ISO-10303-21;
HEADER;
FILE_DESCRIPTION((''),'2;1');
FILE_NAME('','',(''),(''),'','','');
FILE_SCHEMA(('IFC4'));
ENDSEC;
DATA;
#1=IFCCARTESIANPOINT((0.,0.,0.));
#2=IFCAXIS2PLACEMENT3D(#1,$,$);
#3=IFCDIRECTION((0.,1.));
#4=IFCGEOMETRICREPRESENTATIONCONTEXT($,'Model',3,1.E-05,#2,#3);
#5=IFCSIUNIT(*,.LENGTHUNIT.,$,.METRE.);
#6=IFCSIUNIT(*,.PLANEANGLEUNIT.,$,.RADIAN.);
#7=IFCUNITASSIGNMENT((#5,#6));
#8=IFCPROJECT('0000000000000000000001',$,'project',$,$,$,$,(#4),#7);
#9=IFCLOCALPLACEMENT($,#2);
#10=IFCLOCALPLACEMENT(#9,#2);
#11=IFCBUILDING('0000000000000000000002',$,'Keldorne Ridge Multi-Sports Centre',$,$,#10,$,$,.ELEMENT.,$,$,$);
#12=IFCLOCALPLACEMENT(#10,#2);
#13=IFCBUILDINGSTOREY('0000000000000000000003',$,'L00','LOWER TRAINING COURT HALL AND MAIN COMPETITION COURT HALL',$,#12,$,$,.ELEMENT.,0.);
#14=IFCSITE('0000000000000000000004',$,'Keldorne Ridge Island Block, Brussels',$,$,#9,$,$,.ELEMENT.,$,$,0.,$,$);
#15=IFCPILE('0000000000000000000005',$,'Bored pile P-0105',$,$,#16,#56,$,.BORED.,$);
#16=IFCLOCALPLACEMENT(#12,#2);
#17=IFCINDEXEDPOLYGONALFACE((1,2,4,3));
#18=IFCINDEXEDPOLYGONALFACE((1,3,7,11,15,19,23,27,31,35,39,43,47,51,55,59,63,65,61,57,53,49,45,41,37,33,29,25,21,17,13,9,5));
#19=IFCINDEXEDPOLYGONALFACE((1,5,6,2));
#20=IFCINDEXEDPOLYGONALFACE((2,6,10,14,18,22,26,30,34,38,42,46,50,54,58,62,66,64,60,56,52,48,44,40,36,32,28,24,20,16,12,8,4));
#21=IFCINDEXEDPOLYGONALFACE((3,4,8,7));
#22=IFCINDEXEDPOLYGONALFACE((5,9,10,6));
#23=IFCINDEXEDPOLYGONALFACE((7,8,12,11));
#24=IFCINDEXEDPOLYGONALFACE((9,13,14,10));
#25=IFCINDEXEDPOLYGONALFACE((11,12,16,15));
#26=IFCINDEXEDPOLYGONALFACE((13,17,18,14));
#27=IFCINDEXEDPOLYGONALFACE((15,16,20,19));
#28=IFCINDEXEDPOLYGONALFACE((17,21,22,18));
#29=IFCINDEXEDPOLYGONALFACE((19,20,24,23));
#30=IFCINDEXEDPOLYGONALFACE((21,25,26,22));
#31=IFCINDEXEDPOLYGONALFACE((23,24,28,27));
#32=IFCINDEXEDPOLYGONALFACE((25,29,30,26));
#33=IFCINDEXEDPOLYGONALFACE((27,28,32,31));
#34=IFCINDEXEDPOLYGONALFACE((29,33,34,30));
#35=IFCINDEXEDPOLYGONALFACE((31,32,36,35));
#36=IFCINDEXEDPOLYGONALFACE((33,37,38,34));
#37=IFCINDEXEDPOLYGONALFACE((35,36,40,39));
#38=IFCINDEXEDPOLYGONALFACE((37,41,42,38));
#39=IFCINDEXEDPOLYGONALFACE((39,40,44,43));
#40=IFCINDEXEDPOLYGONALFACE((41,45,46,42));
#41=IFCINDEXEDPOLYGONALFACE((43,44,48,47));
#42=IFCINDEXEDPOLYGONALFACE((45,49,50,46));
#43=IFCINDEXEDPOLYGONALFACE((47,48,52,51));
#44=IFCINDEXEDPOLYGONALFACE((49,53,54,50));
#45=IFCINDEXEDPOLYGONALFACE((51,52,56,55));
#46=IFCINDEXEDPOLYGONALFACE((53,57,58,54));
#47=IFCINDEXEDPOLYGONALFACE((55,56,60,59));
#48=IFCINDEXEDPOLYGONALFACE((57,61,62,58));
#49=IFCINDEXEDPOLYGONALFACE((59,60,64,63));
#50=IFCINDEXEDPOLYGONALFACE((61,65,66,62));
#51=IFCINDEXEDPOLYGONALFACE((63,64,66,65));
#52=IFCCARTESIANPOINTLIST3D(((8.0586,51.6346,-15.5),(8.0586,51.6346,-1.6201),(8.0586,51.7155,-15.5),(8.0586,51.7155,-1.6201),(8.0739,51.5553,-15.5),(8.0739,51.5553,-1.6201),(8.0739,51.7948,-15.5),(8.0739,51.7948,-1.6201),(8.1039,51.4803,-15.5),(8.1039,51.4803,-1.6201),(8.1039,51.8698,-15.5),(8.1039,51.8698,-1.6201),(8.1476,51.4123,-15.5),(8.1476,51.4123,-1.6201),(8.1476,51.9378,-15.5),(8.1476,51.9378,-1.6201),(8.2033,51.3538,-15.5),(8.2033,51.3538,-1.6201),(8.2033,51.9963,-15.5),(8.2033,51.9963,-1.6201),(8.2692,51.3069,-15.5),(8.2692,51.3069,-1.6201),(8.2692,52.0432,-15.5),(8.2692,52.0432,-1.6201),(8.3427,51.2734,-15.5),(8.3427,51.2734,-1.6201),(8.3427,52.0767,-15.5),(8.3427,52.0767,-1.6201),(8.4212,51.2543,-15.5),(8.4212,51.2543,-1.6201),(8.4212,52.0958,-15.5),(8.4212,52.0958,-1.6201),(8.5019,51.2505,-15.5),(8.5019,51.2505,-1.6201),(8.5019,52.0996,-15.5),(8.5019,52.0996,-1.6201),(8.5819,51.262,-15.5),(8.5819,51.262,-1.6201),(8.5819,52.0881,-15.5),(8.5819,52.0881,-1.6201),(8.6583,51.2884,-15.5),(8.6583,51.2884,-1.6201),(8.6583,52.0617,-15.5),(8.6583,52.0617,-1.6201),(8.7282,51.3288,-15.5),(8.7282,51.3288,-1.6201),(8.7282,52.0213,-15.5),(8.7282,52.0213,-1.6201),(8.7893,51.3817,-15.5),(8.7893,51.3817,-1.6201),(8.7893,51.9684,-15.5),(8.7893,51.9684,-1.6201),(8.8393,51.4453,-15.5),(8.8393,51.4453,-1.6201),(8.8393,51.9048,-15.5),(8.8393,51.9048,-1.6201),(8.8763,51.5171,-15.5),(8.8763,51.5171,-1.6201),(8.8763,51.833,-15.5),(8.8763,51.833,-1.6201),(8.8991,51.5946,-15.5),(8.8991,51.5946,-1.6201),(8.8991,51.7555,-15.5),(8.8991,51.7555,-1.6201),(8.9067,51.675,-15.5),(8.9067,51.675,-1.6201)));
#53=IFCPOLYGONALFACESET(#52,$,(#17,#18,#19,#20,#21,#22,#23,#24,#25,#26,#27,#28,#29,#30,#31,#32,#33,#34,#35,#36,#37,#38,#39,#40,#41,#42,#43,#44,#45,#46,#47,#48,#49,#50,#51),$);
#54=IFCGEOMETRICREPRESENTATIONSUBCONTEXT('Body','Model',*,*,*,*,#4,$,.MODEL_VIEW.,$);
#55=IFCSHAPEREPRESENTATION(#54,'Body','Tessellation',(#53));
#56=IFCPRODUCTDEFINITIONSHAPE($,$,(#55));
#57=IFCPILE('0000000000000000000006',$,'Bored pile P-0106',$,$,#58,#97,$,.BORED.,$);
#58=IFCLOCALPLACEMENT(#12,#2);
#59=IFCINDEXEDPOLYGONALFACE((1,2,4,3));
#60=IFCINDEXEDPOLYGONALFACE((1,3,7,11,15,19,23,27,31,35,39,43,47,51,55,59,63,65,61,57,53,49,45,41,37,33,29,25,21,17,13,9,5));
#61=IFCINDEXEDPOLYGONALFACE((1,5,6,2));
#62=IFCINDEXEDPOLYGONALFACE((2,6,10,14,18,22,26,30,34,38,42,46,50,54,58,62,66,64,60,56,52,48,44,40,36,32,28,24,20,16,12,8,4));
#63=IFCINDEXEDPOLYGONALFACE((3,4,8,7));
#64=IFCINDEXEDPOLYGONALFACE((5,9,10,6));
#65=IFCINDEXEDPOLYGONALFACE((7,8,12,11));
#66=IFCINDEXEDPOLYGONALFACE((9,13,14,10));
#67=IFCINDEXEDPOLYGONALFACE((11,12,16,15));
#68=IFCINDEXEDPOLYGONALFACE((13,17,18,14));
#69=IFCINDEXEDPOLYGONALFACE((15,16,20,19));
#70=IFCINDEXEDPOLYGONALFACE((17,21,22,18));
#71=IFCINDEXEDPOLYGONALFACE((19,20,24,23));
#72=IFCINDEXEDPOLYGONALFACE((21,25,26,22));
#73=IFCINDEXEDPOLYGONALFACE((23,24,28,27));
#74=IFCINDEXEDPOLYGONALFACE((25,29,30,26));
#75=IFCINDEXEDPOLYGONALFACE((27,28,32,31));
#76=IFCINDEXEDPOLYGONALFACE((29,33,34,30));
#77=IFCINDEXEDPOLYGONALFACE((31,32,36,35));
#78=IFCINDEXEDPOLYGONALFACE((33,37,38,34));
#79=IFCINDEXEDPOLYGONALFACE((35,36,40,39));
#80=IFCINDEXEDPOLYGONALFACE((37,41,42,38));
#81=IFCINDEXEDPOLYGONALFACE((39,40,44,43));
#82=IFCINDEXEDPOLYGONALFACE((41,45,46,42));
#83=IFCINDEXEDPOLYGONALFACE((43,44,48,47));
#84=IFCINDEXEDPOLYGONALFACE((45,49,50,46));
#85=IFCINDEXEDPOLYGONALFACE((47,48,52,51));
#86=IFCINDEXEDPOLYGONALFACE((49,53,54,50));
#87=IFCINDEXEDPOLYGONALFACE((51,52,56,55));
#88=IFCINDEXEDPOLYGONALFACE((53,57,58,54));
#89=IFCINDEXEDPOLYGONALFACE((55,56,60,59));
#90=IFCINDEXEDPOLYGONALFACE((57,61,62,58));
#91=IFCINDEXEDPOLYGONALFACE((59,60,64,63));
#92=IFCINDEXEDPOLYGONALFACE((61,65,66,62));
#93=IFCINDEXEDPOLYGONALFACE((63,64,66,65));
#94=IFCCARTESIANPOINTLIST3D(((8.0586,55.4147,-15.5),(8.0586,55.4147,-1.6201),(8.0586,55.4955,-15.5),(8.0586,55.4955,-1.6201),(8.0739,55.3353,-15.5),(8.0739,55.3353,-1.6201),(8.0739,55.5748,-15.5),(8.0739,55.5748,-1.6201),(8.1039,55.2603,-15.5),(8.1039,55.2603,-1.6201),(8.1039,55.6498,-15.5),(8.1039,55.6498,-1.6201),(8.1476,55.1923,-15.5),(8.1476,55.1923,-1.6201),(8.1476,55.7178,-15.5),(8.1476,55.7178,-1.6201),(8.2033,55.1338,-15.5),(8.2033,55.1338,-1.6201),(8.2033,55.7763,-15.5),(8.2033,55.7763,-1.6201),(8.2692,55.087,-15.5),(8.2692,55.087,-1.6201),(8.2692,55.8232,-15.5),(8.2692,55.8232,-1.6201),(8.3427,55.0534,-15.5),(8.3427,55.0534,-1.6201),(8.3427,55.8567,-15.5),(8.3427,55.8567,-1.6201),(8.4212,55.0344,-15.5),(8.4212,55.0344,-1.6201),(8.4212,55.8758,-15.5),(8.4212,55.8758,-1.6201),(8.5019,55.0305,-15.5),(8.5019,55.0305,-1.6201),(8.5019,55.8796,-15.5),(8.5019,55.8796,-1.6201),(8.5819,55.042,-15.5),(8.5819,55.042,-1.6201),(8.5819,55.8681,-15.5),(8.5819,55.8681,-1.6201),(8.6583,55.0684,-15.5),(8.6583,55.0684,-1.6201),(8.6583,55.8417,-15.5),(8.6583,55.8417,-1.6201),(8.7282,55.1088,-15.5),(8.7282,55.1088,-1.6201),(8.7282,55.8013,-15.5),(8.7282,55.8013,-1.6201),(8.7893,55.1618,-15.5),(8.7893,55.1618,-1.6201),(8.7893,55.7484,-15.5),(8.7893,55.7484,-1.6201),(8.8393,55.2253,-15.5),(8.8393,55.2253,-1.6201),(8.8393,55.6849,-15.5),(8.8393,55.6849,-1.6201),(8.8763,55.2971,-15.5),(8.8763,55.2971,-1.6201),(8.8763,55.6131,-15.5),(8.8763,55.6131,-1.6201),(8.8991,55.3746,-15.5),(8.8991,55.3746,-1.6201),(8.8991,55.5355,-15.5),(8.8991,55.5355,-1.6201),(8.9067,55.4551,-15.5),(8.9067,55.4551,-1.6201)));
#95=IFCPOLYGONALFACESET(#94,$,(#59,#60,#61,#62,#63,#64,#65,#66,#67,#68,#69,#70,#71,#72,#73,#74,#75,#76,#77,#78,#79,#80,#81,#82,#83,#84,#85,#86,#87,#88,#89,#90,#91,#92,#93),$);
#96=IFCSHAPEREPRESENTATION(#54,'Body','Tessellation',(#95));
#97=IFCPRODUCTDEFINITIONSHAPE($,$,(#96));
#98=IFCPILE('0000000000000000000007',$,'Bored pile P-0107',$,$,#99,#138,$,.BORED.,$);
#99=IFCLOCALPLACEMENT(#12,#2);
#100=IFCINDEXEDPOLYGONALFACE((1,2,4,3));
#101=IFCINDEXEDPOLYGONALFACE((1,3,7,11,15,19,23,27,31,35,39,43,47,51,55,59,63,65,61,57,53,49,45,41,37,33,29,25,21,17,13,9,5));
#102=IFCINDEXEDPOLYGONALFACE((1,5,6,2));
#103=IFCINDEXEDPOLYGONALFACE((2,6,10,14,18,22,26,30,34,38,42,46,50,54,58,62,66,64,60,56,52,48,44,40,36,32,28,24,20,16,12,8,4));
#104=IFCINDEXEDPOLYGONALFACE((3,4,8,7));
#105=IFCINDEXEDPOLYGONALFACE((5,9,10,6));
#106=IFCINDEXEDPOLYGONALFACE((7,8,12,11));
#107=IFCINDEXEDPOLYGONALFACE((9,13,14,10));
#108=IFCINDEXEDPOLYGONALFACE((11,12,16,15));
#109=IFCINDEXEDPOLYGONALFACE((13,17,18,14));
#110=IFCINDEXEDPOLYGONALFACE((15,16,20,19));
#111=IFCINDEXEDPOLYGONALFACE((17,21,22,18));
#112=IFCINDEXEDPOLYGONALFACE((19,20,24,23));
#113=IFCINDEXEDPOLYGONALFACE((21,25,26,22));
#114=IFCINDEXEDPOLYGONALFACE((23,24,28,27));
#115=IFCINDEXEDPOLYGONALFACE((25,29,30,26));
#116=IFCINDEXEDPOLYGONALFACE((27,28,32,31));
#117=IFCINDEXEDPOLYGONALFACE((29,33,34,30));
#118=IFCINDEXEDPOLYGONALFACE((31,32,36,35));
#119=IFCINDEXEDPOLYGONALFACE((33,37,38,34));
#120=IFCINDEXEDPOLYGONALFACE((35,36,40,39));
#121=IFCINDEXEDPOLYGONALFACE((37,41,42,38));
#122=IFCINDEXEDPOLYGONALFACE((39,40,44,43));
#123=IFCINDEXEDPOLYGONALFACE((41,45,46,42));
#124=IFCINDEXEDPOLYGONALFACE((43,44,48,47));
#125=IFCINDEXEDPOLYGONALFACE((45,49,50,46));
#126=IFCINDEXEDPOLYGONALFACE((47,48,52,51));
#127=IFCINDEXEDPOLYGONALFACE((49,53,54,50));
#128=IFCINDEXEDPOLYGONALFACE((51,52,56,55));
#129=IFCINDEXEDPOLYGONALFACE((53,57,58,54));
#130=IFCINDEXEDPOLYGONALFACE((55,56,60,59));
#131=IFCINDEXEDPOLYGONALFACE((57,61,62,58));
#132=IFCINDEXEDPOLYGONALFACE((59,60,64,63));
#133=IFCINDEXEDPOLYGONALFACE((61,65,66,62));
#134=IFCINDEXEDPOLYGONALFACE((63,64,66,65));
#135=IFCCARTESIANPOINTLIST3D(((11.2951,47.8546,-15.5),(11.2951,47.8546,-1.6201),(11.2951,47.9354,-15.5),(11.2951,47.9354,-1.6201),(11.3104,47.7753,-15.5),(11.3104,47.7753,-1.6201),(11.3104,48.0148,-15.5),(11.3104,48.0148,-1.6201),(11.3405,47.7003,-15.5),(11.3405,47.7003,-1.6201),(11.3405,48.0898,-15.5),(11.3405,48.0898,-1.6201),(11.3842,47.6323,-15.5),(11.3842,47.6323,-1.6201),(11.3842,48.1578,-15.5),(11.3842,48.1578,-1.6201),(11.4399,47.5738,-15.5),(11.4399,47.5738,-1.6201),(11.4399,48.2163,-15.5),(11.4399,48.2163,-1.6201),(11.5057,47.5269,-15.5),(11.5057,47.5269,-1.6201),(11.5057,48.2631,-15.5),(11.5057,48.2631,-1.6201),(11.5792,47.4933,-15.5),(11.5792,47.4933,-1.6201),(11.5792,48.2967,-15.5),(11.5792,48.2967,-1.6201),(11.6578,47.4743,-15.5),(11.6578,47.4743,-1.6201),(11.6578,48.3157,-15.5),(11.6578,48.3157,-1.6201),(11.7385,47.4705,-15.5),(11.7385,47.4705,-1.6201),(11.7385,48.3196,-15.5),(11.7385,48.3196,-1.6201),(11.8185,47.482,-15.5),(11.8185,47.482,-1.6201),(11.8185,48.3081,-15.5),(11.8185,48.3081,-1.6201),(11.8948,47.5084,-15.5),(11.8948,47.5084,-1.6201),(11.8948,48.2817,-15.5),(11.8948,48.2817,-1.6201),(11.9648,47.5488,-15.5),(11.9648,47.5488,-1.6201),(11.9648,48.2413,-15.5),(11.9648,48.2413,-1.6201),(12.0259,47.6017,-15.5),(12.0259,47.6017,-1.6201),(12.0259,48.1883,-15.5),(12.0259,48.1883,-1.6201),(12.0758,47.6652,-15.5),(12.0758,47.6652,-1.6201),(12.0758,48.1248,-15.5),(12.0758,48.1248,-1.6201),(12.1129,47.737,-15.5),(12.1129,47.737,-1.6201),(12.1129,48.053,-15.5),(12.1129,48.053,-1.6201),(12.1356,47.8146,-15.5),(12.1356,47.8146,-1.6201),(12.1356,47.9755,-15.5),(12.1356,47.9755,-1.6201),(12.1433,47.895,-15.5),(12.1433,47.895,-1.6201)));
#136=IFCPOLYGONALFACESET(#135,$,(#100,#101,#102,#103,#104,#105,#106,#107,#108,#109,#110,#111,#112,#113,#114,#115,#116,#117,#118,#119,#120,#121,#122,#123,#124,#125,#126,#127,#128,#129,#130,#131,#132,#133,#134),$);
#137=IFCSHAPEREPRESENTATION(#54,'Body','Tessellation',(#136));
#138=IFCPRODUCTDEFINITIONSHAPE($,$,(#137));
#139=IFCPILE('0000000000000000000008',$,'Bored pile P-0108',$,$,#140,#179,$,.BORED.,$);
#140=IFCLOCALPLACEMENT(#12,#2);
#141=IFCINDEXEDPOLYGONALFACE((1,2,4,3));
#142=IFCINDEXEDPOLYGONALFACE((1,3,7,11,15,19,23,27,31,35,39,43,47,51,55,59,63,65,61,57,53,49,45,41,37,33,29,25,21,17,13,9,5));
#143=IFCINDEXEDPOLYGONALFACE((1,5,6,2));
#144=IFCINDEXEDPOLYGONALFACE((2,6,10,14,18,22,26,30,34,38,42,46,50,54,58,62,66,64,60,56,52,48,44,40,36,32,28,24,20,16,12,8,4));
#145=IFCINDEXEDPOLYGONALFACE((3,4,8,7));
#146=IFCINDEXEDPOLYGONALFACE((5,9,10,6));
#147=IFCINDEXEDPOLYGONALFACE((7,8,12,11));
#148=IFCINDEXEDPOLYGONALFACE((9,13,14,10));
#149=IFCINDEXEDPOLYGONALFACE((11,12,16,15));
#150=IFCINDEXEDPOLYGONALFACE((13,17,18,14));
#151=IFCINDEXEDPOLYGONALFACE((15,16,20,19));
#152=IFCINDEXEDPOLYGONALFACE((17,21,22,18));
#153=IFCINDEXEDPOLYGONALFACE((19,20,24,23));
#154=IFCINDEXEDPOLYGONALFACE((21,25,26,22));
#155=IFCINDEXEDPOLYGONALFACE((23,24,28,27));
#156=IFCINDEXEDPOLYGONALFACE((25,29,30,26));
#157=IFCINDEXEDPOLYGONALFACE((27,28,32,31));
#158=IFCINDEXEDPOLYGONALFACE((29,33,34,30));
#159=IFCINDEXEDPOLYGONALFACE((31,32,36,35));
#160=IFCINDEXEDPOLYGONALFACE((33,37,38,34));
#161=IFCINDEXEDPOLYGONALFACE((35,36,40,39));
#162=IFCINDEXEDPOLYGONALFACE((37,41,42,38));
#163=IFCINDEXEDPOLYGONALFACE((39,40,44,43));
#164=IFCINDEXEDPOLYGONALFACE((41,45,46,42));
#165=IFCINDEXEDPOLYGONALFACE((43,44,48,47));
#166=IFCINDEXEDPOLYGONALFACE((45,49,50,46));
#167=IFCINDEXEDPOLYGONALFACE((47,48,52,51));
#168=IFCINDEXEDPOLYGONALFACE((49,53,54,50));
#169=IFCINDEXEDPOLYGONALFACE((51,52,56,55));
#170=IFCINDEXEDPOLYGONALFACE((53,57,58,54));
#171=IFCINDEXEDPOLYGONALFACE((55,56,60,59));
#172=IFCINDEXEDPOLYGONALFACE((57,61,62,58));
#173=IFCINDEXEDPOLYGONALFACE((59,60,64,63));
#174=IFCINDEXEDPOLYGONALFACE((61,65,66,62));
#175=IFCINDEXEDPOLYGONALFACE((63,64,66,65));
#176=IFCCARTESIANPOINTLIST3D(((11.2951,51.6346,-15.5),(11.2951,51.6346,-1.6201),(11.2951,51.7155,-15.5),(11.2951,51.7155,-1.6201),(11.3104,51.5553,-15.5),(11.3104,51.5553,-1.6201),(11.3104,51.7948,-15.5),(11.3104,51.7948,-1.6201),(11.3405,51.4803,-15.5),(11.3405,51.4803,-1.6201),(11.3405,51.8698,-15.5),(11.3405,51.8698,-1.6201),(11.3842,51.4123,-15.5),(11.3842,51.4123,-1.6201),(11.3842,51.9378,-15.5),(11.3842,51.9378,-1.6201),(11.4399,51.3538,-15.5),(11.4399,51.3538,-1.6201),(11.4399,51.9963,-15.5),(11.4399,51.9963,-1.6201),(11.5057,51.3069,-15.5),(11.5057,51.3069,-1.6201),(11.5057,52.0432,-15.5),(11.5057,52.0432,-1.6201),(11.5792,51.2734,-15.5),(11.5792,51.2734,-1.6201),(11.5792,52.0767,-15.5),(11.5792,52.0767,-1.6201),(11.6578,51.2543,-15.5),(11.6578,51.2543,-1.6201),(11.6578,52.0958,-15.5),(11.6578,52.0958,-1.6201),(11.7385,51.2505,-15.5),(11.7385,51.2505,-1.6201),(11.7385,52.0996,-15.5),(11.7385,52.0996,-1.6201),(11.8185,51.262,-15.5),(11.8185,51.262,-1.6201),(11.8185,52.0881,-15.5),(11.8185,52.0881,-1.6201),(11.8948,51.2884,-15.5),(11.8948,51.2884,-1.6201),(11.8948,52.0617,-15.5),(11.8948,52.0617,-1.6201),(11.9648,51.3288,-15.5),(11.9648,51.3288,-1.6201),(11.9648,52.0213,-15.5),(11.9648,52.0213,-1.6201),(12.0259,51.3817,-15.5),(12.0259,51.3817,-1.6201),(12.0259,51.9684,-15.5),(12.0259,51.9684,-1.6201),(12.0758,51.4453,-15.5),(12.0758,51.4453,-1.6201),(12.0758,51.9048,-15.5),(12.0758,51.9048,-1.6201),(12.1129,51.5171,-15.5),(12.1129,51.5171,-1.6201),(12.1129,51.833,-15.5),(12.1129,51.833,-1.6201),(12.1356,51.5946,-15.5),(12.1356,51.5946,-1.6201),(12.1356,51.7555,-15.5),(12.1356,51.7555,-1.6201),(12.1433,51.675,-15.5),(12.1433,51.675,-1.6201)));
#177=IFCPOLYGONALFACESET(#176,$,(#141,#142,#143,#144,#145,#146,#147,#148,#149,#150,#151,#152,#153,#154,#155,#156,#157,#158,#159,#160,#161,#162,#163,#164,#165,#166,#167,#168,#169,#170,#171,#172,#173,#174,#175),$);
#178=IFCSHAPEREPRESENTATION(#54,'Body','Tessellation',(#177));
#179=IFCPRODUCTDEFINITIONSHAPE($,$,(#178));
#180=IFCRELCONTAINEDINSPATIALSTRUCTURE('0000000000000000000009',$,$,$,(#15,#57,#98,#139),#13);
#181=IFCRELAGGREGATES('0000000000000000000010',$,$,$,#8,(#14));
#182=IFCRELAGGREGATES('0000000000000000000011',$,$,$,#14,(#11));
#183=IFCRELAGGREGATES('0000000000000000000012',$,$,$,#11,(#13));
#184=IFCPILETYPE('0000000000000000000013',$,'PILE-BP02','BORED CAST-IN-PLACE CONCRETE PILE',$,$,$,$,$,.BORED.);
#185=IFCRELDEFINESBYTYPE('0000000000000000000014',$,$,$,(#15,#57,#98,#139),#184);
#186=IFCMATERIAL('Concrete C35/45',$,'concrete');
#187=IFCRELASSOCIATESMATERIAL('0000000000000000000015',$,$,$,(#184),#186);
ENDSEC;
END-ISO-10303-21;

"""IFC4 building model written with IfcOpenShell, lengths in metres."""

from ifc_helpers import new_model, si_unit, direction, frame, origin, origin_2d, place, context, subcontext, project, spatial, circle, extrude, material, material_profile, profile_set, type_object, element, save


model = new_model("IFC4")

# Units and contexts
model_context = context("Model", 3, precision=1e-05, world=origin(), true_north=direction((0.0, 1.0)))
body_context = subcontext(model_context, "Body", "Model", "MODEL_VIEW")
ifc_project = project(units=[si_unit("LENGTHUNIT", "METRE"), si_unit("PLANEANGLEUNIT", "RADIAN")], contexts=[model_context])

# Site, building, storey
site_placement = place(None, origin())
site = spatial("IfcSite", under=ifc_project, at=site_placement, Name="Keldorne Ridge Island Block, Brussels", CompositionType="ELEMENT", RefElevation=0.0)
building_placement = place(site_placement, origin())
building = spatial("IfcBuilding", under=site, at=building_placement, Name="Keldorne Ridge Multi-Sports Centre", CompositionType="ELEMENT")
storey_placement = place(building_placement, origin())
storey = spatial("IfcBuildingStorey", under=building, at=storey_placement, Name="L00", Description="LOWER TRAINING COURT HALL AND MAIN COMPETITION COURT HALL", CompositionType="ELEMENT", Elevation=0.0)

# Shared definitions
ifc_material_1 = material(Name="Concrete C35/45", Category="concrete")

# Piles
ifc_material_profile_1 = material_profile(ifc_material_1, circle(Radius=0.425, at=origin_2d()), Name="BORED PILE D850")
ifc_profile_set_1 = profile_set([ifc_material_profile_1], Name="Concrete C35/45")
pile_type = type_object("IfcPileType", Name="PILE-BP02", Description="BORED CAST-IN-PLACE CONCRETE PILE", PredefinedType="BORED", material=ifc_profile_set_1)
for number, where, z_axis, x_axis, name in (
    (1, (8.4817, 51.675, -1.6201), (0.0, 0.0, -1.0), (1.0, 0.0, 0.0), "Bored pile P-0105"),
    (2, (8.4817, 55.4551, -1.6201), (0.0, 0.0, -1.0), (1.0, 0.0, 0.0), "Bored pile P-0106"),
    (3, (11.7183, 47.895, -1.6201), (0.0, 0.0, -1.0), (1.0, 0.0, 0.0), "Bored pile P-0107"),
    (4, (11.7183, 51.675, -1.6201), (0.0, 0.0, -1.0), (1.0, 0.0, 0.0), "Bored pile P-0108"),
):
    element("IfcPile", number, at=place(storey_placement, frame(where, z_axis=z_axis, x_axis=x_axis)), inside=storey, type_object=pile_type, Name=name, PredefinedType="BORED", context=body_context, shape_type="SweptSolid", body=[
        extrude(circle(Radius=0.425, at=origin_2d()), origin(), (0.0, 0.0, 1.0), 13.8799),
    ])

save(model, "model.ifc")
